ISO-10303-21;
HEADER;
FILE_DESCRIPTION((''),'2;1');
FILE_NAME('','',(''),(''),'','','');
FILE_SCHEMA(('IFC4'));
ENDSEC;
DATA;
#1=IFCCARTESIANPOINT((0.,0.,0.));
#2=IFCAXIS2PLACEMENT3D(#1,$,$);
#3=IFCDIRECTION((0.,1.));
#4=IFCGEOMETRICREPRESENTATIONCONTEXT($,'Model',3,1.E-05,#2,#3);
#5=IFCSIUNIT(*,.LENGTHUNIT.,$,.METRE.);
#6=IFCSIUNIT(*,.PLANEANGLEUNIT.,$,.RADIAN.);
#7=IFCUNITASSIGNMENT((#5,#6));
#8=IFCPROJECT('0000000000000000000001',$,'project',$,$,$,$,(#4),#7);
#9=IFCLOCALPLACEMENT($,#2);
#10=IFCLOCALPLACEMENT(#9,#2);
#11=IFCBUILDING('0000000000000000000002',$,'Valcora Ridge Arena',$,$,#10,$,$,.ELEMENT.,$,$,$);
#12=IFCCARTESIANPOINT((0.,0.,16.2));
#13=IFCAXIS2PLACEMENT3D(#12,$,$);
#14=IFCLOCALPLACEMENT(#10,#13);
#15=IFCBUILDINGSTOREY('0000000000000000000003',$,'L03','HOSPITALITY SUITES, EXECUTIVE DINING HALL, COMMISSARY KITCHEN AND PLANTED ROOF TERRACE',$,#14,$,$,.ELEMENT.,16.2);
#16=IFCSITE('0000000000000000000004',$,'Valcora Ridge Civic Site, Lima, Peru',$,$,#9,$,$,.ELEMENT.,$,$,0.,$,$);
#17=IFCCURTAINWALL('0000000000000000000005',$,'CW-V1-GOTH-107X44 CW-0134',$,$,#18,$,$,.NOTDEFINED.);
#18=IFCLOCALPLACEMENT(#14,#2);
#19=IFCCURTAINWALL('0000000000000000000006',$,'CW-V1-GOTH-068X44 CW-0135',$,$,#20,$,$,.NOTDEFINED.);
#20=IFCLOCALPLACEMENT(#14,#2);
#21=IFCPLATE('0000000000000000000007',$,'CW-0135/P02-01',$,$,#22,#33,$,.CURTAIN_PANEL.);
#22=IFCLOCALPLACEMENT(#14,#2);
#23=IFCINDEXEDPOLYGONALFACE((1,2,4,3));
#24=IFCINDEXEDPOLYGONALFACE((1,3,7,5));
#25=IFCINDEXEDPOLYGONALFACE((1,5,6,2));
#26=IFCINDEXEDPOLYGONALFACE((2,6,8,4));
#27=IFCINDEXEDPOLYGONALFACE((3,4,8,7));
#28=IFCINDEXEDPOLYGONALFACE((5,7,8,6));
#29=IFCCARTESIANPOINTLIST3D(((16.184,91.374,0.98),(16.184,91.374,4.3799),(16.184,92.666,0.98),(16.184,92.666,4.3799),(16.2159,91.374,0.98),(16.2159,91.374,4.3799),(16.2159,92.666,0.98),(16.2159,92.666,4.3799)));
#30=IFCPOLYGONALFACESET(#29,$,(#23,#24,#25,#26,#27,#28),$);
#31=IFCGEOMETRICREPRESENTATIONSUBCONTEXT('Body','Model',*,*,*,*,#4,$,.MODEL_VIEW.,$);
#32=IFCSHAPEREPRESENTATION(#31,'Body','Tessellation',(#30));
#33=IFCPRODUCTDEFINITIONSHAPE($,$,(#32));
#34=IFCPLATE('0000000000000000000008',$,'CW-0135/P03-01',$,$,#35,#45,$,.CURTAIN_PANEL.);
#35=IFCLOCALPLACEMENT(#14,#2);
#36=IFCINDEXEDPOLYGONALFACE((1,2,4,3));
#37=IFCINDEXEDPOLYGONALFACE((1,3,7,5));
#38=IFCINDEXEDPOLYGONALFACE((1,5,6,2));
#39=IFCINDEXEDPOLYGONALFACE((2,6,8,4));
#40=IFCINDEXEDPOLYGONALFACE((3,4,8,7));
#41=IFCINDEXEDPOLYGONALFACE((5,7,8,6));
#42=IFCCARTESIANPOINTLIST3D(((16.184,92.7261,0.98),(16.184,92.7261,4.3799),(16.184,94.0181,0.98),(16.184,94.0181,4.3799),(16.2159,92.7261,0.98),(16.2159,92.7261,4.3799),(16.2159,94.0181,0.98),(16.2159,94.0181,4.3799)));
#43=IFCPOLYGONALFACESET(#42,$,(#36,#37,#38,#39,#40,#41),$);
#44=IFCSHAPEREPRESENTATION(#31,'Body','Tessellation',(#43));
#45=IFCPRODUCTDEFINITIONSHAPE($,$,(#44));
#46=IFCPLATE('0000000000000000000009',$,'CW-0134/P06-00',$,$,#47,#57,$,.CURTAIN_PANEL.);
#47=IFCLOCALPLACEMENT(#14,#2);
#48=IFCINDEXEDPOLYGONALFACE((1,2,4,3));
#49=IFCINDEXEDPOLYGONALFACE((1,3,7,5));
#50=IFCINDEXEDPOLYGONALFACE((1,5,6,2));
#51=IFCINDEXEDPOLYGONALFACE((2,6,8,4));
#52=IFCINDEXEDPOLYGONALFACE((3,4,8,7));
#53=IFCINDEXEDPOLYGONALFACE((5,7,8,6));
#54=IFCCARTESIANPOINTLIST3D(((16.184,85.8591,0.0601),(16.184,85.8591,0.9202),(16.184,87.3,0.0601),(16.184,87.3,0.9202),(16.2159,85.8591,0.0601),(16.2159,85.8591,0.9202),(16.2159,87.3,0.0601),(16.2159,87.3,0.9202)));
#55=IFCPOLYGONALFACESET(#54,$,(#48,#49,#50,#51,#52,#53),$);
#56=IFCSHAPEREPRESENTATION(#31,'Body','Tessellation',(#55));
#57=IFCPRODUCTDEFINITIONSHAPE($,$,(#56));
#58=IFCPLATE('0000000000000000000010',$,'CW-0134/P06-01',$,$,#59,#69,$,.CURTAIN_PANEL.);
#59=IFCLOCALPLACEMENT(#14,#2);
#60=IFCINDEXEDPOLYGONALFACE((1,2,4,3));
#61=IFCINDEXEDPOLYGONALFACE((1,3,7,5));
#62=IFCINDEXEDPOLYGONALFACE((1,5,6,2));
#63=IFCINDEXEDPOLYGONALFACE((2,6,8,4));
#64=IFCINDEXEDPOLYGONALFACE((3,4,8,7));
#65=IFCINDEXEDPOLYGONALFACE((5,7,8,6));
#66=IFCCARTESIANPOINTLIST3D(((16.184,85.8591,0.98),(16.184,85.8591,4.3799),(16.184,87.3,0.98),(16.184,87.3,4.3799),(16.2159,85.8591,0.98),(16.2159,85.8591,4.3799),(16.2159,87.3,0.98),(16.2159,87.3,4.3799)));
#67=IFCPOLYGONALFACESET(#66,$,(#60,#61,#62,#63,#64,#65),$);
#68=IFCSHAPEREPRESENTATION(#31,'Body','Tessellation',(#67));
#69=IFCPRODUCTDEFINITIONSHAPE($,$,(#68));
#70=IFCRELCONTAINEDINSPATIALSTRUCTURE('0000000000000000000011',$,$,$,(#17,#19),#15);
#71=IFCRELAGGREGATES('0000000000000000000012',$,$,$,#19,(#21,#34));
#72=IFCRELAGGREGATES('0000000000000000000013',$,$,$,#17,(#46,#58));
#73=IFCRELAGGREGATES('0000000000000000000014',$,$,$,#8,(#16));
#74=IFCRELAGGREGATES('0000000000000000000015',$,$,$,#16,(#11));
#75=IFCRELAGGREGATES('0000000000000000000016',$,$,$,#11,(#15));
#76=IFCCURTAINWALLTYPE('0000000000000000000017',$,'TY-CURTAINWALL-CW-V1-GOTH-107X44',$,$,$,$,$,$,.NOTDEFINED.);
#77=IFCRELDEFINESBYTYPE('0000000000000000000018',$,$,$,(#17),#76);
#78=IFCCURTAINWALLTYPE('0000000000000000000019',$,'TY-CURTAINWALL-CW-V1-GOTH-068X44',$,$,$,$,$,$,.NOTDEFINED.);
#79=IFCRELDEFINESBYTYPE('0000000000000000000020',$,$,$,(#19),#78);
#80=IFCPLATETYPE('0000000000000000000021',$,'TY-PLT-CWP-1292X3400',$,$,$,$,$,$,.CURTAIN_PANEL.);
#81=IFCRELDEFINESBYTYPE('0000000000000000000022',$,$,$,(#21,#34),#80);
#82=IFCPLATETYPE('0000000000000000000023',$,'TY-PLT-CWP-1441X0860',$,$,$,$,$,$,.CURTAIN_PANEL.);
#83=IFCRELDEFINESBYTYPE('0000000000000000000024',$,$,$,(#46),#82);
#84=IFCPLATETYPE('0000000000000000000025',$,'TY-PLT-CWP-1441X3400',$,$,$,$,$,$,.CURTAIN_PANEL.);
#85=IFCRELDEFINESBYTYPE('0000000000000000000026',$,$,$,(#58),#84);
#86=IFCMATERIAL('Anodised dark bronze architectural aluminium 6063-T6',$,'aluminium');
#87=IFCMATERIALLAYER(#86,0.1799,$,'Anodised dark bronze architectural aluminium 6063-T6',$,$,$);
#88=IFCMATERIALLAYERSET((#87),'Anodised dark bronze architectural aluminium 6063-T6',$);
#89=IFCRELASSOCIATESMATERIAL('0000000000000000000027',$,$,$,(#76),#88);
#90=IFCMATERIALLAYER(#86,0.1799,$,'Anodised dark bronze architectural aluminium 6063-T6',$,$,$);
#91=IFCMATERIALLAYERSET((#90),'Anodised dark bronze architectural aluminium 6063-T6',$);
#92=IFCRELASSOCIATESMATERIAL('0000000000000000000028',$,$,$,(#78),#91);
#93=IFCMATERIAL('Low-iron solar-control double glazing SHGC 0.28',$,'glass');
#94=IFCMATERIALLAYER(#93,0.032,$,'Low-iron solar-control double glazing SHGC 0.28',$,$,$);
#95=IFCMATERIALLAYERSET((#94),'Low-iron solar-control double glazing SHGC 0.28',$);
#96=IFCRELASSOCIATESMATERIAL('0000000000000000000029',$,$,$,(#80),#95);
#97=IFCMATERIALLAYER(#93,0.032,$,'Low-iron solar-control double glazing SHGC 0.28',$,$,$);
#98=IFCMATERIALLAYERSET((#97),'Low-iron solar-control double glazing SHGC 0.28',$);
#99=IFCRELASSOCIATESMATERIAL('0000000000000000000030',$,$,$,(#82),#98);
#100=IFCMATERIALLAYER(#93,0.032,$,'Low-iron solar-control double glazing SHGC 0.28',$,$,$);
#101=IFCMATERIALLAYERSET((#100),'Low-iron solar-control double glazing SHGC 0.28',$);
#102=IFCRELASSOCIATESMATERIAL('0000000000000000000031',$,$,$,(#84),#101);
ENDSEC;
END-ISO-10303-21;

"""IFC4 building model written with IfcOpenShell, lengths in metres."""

from ifc_helpers import new_model, si_unit, direction, frame, origin, origin_2d, place, context, subcontext, project, spatial, rectangle, extrude, material, layer, layer_set, type_object, element, aggregate, save


model = new_model("IFC4")

# Units and contexts
model_context = context("Model", 3, precision=1e-05, world=origin(), true_north=direction((0.0, 1.0)))
body_context = subcontext(model_context, "Body", "Model", "MODEL_VIEW")
ifc_project = project(units=[si_unit("LENGTHUNIT", "METRE"), si_unit("PLANEANGLEUNIT", "RADIAN")], contexts=[model_context])

# Site, building, storey
site_placement = place(None, origin())
site = spatial("IfcSite", under=ifc_project, at=site_placement, Name="Valcora Ridge Civic Site, Lima, Peru", CompositionType="ELEMENT", RefElevation=0.0)
building_placement = place(site_placement, origin())
building = spatial("IfcBuilding", under=site, at=building_placement, Name="Valcora Ridge Arena", CompositionType="ELEMENT")
storey_placement = place(building_placement, frame((0.0, 0.0, 16.2)))
storey = spatial("IfcBuildingStorey", under=building, at=storey_placement, Name="L03", Description="HOSPITALITY SUITES, EXECUTIVE DINING HALL, COMMISSARY KITCHEN AND PLANTED ROOF TERRACE", CompositionType="ELEMENT", Elevation=16.2)

# Curtain wall
ifc_material_1 = material(Name="Anodised dark bronze architectural aluminium 6063-T6", Category="aluminium")
ifc_layer_1 = layer(ifc_material_1, 0.1799, Name="Anodised dark bronze architectural aluminium 6063-T6")
ifc_layer_set_1 = layer_set([ifc_layer_1], Name="Anodised dark bronze architectural aluminium 6063-T6")
curtain_wall_type_1 = type_object("IfcCurtainWallType", Name="TY-CURTAINWALL-CW-V1-GOTH-107X44", PredefinedType="NOTDEFINED", material=ifc_layer_set_1)
curtain_wall_1_placement = place(storey_placement, origin())
curtain_wall_1 = element("IfcCurtainWall", 1, at=curtain_wall_1_placement, inside=storey, type_object=curtain_wall_type_1, Name="CW-V1-GOTH-107X44 CW-0134", PredefinedType="NOTDEFINED")

# Curtain wall
ifc_layer_2 = layer(ifc_material_1, 0.1799, Name="Anodised dark bronze architectural aluminium 6063-T6")
ifc_layer_set_2 = layer_set([ifc_layer_2], Name="Anodised dark bronze architectural aluminium 6063-T6")
curtain_wall_type_2 = type_object("IfcCurtainWallType", Name="TY-CURTAINWALL-CW-V1-GOTH-068X44", PredefinedType="NOTDEFINED", material=ifc_layer_set_2)
curtain_wall_2_placement = place(storey_placement, origin())
curtain_wall_2 = element("IfcCurtainWall", 2, at=curtain_wall_2_placement, inside=storey, type_object=curtain_wall_type_2, Name="CW-V1-GOTH-068X44 CW-0135", PredefinedType="NOTDEFINED")

# Plates
ifc_material_2 = material(Name="Low-iron solar-control double glazing SHGC 0.28", Category="glass")
ifc_layer_3 = layer(ifc_material_2, 0.032, Name="Low-iron solar-control double glazing SHGC 0.28")
ifc_layer_set_3 = layer_set([ifc_layer_3], Name="Low-iron solar-control double glazing SHGC 0.28")
plate_type_1 = type_object("IfcPlateType", Name="TY-PLT-CWP-1292X3400", PredefinedType="CURTAIN_PANEL", material=ifc_layer_set_3)
plate_1_placement = place(storey_placement, frame((16.2, 92.02, 0.98), z_axis=(0.0, 0.0, 1.0), x_axis=(0.0, 1.0, 0.0)))
plate_1 = element("IfcPlate", 3, at=plate_1_placement, type_object=plate_type_1, Name="CW-0135/P02-01", PredefinedType="CURTAIN_PANEL", context=body_context, shape_type="SweptSolid", body=[
    extrude(rectangle(XDim=1.292, YDim=0.032, at=origin_2d()), origin(), (0.0, 0.0, 1.0), 3.3999),
])
plate_2_placement = place(storey_placement, frame((16.2, 93.3721, 0.98), z_axis=(0.0, 0.0, 1.0), x_axis=(0.0, 1.0, 0.0)))
plate_2 = element("IfcPlate", 4, at=plate_2_placement, type_object=plate_type_1, Name="CW-0135/P03-01", PredefinedType="CURTAIN_PANEL", context=body_context, shape_type="SweptSolid", body=[
    extrude(rectangle(XDim=1.292, YDim=0.032, at=origin_2d()), origin(), (0.0, 0.0, 1.0), 3.3999),
])
aggregate(curtain_wall_2, [plate_1, plate_2])
ifc_layer_4 = layer(ifc_material_2, 0.032, Name="Low-iron solar-control double glazing SHGC 0.28")
ifc_layer_set_4 = layer_set([ifc_layer_4], Name="Low-iron solar-control double glazing SHGC 0.28")
plate_type_2 = type_object("IfcPlateType", Name="TY-PLT-CWP-1441X0860", PredefinedType="CURTAIN_PANEL", material=ifc_layer_set_4)
plate_3_placement = place(storey_placement, frame((16.2, 86.5796, 0.0601), z_axis=(0.0, 0.0, 1.0), x_axis=(0.0, 1.0, 0.0)))
plate_3 = element("IfcPlate", 5, at=plate_3_placement, type_object=plate_type_2, Name="CW-0134/P06-00", PredefinedType="CURTAIN_PANEL", context=body_context, shape_type="SweptSolid", body=[
    extrude(rectangle(XDim=1.4409, YDim=0.032, at=origin_2d()), origin(), (0.0, 0.0, 1.0), 0.8601),
])
ifc_layer_5 = layer(ifc_material_2, 0.032, Name="Low-iron solar-control double glazing SHGC 0.28")
ifc_layer_set_5 = layer_set([ifc_layer_5], Name="Low-iron solar-control double glazing SHGC 0.28")
plate_type_3 = type_object("IfcPlateType", Name="TY-PLT-CWP-1441X3400", PredefinedType="CURTAIN_PANEL", material=ifc_layer_set_5)
plate_4_placement = place(storey_placement, frame((16.2, 86.5796, 0.98), z_axis=(0.0, 0.0, 1.0), x_axis=(0.0, 1.0, 0.0)))
plate_4 = element("IfcPlate", 6, at=plate_4_placement, type_object=plate_type_3, Name="CW-0134/P06-01", PredefinedType="CURTAIN_PANEL", context=body_context, shape_type="SweptSolid", body=[
    extrude(rectangle(XDim=1.4409, YDim=0.032, at=origin_2d()), origin(), (0.0, 0.0, 1.0), 3.3999),
])
aggregate(curtain_wall_1, [plate_3, plate_4])

save(model, "model.ifc")
